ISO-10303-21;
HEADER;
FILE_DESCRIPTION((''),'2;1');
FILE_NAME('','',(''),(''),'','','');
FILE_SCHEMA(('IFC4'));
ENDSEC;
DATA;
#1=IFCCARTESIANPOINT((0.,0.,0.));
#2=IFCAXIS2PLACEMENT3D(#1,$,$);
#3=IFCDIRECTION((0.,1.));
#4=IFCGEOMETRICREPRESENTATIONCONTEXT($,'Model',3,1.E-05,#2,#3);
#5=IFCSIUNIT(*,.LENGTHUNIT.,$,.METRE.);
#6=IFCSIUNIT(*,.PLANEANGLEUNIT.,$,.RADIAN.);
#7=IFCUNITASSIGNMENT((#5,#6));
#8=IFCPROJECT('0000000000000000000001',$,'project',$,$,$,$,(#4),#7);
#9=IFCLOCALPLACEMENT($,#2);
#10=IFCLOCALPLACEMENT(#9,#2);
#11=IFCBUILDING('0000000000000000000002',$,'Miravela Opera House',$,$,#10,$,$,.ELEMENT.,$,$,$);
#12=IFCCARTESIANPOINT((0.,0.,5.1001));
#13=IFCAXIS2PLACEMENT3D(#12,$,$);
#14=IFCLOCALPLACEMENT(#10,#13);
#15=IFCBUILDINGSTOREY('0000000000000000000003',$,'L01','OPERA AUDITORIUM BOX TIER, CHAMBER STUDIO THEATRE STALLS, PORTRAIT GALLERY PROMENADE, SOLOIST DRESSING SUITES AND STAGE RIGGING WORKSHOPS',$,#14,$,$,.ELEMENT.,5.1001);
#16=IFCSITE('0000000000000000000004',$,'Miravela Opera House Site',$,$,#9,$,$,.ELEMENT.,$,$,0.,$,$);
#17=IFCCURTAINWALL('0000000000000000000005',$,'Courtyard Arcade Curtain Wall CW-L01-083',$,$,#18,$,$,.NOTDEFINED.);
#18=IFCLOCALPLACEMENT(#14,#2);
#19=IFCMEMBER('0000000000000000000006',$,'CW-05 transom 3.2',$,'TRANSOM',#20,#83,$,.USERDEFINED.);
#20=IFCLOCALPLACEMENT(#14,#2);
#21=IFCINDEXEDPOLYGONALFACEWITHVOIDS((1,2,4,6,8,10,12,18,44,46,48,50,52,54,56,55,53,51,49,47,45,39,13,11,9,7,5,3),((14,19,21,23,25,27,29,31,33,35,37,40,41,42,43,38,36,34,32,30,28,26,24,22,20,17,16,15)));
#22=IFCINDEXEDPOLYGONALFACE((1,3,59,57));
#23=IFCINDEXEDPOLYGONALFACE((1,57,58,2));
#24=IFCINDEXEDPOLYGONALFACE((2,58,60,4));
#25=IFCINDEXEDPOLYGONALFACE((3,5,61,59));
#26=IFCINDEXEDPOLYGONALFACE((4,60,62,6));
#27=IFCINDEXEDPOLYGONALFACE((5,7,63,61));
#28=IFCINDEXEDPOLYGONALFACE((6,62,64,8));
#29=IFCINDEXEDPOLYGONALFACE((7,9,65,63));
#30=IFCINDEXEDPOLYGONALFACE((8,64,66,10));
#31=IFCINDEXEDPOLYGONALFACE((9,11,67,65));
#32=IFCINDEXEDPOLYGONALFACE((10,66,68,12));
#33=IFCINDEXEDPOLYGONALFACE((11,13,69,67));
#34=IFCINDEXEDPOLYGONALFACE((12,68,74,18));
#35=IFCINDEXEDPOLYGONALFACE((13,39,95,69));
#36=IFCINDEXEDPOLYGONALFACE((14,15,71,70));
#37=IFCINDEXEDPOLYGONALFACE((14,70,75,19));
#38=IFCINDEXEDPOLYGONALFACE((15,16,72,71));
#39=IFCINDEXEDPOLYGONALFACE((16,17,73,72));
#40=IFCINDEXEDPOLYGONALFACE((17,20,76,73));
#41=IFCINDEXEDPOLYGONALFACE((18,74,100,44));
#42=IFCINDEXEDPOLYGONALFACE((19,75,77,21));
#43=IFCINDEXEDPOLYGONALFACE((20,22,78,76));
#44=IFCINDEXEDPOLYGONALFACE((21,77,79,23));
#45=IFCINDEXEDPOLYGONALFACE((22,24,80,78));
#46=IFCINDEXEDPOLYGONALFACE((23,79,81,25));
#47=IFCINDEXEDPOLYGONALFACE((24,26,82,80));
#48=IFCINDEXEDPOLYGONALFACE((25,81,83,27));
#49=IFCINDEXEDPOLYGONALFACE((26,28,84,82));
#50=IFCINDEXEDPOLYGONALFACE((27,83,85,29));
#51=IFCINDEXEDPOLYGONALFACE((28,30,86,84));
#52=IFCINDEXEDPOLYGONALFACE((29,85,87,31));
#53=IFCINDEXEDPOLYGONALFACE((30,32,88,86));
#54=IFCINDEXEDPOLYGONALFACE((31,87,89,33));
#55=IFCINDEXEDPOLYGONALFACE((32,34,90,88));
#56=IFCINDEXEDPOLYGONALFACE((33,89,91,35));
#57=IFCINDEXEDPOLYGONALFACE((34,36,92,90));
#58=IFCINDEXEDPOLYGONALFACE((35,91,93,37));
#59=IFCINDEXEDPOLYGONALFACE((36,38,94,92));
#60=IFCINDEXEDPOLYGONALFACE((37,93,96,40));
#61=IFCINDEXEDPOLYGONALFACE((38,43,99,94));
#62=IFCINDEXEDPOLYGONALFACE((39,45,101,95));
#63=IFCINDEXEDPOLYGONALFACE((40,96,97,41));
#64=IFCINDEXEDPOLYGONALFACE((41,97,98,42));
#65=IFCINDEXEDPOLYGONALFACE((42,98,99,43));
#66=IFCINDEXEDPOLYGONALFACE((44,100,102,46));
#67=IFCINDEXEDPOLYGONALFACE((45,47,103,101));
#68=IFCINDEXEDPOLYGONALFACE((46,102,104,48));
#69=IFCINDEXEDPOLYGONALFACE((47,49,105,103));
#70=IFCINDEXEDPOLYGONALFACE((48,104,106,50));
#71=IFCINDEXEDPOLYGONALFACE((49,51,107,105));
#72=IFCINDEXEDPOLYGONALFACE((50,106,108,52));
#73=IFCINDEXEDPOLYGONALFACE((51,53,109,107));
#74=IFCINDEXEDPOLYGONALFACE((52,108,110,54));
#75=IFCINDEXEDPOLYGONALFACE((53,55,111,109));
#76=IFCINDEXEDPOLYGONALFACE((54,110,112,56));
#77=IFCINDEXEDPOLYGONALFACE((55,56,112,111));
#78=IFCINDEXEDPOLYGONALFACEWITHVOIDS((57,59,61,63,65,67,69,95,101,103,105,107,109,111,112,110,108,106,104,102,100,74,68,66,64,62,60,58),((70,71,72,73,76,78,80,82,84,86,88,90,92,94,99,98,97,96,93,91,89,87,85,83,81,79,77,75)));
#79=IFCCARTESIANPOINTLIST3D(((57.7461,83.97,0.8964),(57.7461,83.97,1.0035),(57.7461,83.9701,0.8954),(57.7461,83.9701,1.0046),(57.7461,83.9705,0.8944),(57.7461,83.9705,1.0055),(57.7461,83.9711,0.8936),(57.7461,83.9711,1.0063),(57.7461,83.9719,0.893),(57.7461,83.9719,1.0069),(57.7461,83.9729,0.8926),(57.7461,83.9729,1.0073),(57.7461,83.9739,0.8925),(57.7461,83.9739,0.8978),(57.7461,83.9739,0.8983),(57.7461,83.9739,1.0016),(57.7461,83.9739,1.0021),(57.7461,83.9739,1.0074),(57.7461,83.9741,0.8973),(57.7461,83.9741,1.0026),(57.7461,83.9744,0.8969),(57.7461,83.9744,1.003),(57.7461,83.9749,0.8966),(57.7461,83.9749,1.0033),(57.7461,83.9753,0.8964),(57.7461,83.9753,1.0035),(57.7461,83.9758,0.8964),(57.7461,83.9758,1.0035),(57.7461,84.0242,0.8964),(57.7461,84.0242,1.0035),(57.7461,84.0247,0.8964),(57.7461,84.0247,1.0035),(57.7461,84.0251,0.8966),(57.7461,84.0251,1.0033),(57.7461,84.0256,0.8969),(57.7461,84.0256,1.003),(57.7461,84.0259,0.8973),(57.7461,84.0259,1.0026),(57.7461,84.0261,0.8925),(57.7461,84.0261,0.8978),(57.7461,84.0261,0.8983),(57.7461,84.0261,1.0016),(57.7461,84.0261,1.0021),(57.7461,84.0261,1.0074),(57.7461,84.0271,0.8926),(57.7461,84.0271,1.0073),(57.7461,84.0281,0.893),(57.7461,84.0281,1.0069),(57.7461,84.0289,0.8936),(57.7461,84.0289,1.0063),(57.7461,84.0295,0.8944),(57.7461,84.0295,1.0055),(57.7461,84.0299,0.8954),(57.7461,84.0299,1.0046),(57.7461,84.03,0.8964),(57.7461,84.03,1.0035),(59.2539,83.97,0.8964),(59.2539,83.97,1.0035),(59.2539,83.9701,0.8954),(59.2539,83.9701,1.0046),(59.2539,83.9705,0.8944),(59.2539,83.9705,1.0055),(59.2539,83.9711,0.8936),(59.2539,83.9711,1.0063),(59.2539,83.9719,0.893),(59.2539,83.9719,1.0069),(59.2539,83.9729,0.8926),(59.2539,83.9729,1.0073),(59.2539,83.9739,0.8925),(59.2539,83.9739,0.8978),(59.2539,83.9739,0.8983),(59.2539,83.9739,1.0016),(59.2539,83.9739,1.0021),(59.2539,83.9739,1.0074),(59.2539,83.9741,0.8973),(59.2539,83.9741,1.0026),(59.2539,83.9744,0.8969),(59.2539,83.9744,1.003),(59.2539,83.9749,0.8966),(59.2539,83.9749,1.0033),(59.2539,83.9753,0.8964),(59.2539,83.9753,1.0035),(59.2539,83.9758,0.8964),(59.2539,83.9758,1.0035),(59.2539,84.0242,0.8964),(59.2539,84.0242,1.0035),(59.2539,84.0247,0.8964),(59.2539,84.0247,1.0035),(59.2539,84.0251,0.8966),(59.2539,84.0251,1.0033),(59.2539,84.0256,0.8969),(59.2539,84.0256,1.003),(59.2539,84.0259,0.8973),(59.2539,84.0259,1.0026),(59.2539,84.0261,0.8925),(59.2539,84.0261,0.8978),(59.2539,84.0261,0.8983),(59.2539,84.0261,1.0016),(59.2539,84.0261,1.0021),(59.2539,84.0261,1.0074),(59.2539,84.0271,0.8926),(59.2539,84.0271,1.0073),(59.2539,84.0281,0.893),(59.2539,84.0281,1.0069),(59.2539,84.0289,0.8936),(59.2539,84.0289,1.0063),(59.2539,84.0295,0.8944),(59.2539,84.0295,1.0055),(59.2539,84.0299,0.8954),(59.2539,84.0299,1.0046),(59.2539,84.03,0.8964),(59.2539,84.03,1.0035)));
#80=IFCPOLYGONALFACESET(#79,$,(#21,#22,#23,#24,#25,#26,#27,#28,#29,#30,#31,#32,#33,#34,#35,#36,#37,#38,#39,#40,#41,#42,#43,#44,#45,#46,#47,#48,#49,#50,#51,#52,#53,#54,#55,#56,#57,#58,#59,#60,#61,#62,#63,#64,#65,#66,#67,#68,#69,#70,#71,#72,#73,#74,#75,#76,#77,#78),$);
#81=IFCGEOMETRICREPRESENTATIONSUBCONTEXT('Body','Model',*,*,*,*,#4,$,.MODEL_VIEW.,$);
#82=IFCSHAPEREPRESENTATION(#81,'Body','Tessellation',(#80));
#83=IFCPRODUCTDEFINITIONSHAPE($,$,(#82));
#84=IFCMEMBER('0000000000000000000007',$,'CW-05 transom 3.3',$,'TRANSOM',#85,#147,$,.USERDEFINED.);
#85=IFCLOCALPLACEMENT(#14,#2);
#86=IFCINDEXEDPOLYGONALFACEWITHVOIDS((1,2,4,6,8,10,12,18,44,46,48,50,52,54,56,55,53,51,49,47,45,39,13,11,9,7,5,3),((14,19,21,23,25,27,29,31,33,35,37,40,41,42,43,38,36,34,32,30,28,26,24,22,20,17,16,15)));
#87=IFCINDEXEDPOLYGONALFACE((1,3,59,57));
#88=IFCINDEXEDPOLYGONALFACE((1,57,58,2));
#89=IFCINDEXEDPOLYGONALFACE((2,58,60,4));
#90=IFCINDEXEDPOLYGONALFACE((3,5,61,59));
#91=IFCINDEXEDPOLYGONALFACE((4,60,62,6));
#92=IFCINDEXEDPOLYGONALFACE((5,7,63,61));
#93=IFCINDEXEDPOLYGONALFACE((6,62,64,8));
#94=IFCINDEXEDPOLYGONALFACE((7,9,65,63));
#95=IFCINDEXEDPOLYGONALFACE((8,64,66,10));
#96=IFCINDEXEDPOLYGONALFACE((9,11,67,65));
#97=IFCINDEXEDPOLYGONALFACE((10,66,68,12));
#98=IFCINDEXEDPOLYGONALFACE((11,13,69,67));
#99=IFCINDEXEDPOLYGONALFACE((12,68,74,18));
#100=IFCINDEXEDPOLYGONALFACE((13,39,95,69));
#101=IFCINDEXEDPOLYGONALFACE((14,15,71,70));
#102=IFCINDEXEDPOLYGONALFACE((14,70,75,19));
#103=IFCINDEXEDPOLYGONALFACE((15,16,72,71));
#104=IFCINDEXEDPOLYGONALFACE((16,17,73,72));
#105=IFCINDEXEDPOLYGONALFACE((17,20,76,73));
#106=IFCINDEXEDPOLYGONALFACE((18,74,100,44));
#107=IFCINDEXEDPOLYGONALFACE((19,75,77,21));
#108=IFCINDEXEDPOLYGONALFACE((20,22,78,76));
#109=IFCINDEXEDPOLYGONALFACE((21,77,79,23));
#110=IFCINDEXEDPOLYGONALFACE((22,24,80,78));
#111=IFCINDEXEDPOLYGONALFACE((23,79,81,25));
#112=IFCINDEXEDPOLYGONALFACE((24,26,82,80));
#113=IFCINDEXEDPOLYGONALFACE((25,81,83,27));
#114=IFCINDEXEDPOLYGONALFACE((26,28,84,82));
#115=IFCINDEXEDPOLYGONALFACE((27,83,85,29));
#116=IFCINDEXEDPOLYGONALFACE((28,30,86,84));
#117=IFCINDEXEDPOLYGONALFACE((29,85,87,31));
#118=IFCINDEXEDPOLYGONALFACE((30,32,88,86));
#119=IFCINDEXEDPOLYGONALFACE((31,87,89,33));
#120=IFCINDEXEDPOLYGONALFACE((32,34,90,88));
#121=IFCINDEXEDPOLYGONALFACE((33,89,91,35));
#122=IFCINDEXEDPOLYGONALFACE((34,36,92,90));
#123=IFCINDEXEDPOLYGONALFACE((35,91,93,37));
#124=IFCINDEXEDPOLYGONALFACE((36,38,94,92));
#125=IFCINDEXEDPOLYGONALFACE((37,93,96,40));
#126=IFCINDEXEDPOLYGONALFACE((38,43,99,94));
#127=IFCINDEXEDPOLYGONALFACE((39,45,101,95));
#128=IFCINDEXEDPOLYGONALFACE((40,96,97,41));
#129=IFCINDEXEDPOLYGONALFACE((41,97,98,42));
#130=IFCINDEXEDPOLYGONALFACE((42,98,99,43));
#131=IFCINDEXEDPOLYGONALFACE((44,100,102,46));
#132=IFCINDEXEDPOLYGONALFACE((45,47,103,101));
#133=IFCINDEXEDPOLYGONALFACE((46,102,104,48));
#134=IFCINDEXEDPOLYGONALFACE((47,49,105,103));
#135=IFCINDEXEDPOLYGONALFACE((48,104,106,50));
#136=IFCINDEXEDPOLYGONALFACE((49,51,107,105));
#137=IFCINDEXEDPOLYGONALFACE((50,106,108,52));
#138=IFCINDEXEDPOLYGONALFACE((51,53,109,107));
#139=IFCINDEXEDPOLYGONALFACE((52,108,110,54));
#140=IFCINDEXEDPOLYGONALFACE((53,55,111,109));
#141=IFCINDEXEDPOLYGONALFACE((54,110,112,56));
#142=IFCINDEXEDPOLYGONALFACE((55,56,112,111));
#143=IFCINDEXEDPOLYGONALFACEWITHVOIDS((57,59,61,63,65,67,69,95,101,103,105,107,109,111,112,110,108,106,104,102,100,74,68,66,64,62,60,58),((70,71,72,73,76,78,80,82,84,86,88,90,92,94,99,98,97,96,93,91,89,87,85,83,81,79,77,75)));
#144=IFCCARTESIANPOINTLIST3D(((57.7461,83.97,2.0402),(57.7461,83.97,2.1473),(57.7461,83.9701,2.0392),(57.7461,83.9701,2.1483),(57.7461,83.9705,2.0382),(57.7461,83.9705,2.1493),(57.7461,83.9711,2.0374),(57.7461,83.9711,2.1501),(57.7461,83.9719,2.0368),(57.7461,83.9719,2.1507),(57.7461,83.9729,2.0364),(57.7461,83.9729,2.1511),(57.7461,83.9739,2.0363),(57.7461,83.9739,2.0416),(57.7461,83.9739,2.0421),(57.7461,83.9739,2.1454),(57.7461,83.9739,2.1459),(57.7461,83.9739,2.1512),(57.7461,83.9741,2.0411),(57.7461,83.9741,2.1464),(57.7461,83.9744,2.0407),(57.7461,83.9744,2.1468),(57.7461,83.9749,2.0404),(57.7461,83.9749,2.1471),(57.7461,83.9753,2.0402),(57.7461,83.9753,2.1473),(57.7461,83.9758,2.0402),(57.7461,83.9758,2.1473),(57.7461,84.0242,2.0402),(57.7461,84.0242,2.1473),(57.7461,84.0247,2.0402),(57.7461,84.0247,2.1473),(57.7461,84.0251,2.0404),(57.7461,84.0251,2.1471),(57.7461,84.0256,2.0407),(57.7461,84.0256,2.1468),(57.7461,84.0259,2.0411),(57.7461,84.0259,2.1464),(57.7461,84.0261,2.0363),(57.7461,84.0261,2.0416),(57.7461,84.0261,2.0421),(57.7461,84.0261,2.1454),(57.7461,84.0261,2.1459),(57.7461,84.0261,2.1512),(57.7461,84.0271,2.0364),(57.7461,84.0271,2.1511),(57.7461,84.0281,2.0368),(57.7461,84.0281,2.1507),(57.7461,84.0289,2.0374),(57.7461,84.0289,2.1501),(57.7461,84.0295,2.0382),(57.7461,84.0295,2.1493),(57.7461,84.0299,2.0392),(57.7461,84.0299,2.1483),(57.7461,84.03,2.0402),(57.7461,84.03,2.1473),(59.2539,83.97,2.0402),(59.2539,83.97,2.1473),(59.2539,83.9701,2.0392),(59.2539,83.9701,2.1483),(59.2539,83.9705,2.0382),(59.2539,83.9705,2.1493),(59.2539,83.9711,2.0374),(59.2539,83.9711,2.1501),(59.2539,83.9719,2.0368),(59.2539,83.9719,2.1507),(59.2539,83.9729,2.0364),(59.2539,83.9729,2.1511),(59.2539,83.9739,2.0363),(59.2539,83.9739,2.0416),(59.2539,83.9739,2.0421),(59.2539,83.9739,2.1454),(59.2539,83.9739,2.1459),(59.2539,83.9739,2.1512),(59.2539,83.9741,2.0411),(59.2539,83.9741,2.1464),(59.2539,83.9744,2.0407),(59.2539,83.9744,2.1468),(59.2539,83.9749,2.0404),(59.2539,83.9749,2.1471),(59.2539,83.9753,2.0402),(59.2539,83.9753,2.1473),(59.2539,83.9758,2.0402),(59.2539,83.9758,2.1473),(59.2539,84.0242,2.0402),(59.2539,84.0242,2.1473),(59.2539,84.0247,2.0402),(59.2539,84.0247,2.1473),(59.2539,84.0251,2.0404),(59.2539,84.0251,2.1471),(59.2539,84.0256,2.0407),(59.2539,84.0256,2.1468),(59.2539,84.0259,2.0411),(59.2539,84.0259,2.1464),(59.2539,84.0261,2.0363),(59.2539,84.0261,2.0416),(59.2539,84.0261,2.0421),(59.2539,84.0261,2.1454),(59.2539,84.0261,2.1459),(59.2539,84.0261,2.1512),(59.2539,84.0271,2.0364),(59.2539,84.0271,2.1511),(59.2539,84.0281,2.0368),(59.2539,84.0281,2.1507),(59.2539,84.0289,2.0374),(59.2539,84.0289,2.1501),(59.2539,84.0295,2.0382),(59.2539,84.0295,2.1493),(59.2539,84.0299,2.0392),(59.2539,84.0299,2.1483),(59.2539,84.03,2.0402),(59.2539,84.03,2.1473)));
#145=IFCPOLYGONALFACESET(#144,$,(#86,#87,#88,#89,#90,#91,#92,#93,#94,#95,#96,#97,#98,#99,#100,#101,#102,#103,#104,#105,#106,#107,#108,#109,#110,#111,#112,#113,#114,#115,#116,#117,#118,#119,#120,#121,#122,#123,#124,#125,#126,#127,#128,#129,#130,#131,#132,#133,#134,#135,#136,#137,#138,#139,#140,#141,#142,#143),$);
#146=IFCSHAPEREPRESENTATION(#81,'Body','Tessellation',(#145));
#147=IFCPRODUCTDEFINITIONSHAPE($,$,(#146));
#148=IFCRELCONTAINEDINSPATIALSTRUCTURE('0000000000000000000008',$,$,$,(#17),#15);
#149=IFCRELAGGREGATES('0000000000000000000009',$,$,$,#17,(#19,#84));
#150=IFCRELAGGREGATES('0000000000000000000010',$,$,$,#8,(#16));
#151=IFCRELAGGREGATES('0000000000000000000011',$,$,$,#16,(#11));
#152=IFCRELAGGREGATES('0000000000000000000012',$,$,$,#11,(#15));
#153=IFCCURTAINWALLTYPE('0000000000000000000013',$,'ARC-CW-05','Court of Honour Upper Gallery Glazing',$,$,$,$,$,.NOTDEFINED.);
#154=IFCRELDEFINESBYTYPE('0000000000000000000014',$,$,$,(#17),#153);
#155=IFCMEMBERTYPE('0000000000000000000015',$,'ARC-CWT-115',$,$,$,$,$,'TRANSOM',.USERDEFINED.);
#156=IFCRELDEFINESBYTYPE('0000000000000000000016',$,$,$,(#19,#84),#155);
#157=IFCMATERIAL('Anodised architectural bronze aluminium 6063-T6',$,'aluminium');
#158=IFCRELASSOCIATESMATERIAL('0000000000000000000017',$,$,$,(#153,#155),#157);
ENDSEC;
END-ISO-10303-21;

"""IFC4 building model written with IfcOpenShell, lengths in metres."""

from ifc_helpers import new_model, si_unit, direction, frame, origin, origin_2d, place, context, subcontext, project, spatial, hollow_rectangle, extrude, material, material_profile, profile_set, type_object, element, aggregate, save


model = new_model("IFC4")

# Units and contexts
model_context = context("Model", 3, precision=1e-05, world=origin(), true_north=direction((0.0, 1.0)))
body_context = subcontext(model_context, "Body", "Model", "MODEL_VIEW")
ifc_project = project(units=[si_unit("LENGTHUNIT", "METRE"), si_unit("PLANEANGLEUNIT", "RADIAN")], contexts=[model_context])

# Site, building, storey
site_placement = place(None, origin())
site = spatial("IfcSite", under=ifc_project, at=site_placement, Name="Miravela Opera House Site", CompositionType="ELEMENT", RefElevation=0.0)
building_placement = place(site_placement, origin())
building = spatial("IfcBuilding", under=site, at=building_placement, Name="Miravela Opera House", CompositionType="ELEMENT")
storey_placement = place(building_placement, frame((0.0, 0.0, 5.1001)))
storey = spatial("IfcBuildingStorey", under=building, at=storey_placement, Name="L01", Description="OPERA AUDITORIUM BOX TIER, CHAMBER STUDIO THEATRE STALLS, PORTRAIT GALLERY PROMENADE, SOLOIST DRESSING SUITES AND STAGE RIGGING WORKSHOPS", CompositionType="ELEMENT", Elevation=5.1001)

# Curtain wall, members
ifc_material_1 = material(Name="Anodised architectural bronze aluminium 6063-T6", Category="aluminium")
curtain_wall_type = type_object("IfcCurtainWallType", Name="ARC-CW-05", Description="Court of Honour Upper Gallery Glazing", PredefinedType="NOTDEFINED", material=ifc_material_1)
curtain_wall_placement = place(storey_placement, origin())
curtain_wall = element("IfcCurtainWall", 1, at=curtain_wall_placement, inside=storey, type_object=curtain_wall_type, Name="Courtyard Arcade Curtain Wall CW-L01-083", PredefinedType="NOTDEFINED")
ifc_material_profile_1 = material_profile(ifc_material_1, hollow_rectangle(XDim=0.0601, YDim=0.115, WallThickness=0.0039, InnerFilletRadius=0.002, OuterFilletRadius=0.0039, at=origin_2d()), Name="CWT-60X115")
ifc_profile_set_1 = profile_set([ifc_material_profile_1])
member_type_1 = type_object("IfcMemberType", Name="ARC-CWT-115", ElementType="TRANSOM", PredefinedType="USERDEFINED", material=ifc_profile_set_1)
member_1_placement = place(storey_placement, frame((57.7461, 84.0, 0.95), z_axis=(1.0, 0.0, 0.0), x_axis=(0.0, 1.0, 0.0)))
member_1 = element("IfcMember", 2, at=member_1_placement, type_object=member_type_1, Name="CW-05 transom 3.2", ObjectType="TRANSOM", PredefinedType="USERDEFINED", context=body_context, shape_type="SweptSolid", body=[
    extrude(hollow_rectangle(XDim=0.0601, YDim=0.115, WallThickness=0.0039, InnerFilletRadius=0.002, OuterFilletRadius=0.0039, at=origin_2d()), origin(), (0.0, 0.0, 1.0), 1.5078),
])
member_2_placement = place(storey_placement, frame((57.7461, 84.0, 2.0938), z_axis=(1.0, 0.0, 0.0), x_axis=(0.0, 1.0, 0.0)))
member_2 = element("IfcMember", 3, at=member_2_placement, type_object=member_type_1, Name="CW-05 transom 3.3", ObjectType="TRANSOM", PredefinedType="USERDEFINED", context=body_context, shape_type="SweptSolid", body=[
    extrude(hollow_rectangle(XDim=0.0601, YDim=0.115, WallThickness=0.0039, InnerFilletRadius=0.002, OuterFilletRadius=0.0039, at=origin_2d()), origin(), (0.0, 0.0, 1.0), 1.5078),
])
aggregate(curtain_wall, [member_1, member_2])

save(model, "model.ifc")
